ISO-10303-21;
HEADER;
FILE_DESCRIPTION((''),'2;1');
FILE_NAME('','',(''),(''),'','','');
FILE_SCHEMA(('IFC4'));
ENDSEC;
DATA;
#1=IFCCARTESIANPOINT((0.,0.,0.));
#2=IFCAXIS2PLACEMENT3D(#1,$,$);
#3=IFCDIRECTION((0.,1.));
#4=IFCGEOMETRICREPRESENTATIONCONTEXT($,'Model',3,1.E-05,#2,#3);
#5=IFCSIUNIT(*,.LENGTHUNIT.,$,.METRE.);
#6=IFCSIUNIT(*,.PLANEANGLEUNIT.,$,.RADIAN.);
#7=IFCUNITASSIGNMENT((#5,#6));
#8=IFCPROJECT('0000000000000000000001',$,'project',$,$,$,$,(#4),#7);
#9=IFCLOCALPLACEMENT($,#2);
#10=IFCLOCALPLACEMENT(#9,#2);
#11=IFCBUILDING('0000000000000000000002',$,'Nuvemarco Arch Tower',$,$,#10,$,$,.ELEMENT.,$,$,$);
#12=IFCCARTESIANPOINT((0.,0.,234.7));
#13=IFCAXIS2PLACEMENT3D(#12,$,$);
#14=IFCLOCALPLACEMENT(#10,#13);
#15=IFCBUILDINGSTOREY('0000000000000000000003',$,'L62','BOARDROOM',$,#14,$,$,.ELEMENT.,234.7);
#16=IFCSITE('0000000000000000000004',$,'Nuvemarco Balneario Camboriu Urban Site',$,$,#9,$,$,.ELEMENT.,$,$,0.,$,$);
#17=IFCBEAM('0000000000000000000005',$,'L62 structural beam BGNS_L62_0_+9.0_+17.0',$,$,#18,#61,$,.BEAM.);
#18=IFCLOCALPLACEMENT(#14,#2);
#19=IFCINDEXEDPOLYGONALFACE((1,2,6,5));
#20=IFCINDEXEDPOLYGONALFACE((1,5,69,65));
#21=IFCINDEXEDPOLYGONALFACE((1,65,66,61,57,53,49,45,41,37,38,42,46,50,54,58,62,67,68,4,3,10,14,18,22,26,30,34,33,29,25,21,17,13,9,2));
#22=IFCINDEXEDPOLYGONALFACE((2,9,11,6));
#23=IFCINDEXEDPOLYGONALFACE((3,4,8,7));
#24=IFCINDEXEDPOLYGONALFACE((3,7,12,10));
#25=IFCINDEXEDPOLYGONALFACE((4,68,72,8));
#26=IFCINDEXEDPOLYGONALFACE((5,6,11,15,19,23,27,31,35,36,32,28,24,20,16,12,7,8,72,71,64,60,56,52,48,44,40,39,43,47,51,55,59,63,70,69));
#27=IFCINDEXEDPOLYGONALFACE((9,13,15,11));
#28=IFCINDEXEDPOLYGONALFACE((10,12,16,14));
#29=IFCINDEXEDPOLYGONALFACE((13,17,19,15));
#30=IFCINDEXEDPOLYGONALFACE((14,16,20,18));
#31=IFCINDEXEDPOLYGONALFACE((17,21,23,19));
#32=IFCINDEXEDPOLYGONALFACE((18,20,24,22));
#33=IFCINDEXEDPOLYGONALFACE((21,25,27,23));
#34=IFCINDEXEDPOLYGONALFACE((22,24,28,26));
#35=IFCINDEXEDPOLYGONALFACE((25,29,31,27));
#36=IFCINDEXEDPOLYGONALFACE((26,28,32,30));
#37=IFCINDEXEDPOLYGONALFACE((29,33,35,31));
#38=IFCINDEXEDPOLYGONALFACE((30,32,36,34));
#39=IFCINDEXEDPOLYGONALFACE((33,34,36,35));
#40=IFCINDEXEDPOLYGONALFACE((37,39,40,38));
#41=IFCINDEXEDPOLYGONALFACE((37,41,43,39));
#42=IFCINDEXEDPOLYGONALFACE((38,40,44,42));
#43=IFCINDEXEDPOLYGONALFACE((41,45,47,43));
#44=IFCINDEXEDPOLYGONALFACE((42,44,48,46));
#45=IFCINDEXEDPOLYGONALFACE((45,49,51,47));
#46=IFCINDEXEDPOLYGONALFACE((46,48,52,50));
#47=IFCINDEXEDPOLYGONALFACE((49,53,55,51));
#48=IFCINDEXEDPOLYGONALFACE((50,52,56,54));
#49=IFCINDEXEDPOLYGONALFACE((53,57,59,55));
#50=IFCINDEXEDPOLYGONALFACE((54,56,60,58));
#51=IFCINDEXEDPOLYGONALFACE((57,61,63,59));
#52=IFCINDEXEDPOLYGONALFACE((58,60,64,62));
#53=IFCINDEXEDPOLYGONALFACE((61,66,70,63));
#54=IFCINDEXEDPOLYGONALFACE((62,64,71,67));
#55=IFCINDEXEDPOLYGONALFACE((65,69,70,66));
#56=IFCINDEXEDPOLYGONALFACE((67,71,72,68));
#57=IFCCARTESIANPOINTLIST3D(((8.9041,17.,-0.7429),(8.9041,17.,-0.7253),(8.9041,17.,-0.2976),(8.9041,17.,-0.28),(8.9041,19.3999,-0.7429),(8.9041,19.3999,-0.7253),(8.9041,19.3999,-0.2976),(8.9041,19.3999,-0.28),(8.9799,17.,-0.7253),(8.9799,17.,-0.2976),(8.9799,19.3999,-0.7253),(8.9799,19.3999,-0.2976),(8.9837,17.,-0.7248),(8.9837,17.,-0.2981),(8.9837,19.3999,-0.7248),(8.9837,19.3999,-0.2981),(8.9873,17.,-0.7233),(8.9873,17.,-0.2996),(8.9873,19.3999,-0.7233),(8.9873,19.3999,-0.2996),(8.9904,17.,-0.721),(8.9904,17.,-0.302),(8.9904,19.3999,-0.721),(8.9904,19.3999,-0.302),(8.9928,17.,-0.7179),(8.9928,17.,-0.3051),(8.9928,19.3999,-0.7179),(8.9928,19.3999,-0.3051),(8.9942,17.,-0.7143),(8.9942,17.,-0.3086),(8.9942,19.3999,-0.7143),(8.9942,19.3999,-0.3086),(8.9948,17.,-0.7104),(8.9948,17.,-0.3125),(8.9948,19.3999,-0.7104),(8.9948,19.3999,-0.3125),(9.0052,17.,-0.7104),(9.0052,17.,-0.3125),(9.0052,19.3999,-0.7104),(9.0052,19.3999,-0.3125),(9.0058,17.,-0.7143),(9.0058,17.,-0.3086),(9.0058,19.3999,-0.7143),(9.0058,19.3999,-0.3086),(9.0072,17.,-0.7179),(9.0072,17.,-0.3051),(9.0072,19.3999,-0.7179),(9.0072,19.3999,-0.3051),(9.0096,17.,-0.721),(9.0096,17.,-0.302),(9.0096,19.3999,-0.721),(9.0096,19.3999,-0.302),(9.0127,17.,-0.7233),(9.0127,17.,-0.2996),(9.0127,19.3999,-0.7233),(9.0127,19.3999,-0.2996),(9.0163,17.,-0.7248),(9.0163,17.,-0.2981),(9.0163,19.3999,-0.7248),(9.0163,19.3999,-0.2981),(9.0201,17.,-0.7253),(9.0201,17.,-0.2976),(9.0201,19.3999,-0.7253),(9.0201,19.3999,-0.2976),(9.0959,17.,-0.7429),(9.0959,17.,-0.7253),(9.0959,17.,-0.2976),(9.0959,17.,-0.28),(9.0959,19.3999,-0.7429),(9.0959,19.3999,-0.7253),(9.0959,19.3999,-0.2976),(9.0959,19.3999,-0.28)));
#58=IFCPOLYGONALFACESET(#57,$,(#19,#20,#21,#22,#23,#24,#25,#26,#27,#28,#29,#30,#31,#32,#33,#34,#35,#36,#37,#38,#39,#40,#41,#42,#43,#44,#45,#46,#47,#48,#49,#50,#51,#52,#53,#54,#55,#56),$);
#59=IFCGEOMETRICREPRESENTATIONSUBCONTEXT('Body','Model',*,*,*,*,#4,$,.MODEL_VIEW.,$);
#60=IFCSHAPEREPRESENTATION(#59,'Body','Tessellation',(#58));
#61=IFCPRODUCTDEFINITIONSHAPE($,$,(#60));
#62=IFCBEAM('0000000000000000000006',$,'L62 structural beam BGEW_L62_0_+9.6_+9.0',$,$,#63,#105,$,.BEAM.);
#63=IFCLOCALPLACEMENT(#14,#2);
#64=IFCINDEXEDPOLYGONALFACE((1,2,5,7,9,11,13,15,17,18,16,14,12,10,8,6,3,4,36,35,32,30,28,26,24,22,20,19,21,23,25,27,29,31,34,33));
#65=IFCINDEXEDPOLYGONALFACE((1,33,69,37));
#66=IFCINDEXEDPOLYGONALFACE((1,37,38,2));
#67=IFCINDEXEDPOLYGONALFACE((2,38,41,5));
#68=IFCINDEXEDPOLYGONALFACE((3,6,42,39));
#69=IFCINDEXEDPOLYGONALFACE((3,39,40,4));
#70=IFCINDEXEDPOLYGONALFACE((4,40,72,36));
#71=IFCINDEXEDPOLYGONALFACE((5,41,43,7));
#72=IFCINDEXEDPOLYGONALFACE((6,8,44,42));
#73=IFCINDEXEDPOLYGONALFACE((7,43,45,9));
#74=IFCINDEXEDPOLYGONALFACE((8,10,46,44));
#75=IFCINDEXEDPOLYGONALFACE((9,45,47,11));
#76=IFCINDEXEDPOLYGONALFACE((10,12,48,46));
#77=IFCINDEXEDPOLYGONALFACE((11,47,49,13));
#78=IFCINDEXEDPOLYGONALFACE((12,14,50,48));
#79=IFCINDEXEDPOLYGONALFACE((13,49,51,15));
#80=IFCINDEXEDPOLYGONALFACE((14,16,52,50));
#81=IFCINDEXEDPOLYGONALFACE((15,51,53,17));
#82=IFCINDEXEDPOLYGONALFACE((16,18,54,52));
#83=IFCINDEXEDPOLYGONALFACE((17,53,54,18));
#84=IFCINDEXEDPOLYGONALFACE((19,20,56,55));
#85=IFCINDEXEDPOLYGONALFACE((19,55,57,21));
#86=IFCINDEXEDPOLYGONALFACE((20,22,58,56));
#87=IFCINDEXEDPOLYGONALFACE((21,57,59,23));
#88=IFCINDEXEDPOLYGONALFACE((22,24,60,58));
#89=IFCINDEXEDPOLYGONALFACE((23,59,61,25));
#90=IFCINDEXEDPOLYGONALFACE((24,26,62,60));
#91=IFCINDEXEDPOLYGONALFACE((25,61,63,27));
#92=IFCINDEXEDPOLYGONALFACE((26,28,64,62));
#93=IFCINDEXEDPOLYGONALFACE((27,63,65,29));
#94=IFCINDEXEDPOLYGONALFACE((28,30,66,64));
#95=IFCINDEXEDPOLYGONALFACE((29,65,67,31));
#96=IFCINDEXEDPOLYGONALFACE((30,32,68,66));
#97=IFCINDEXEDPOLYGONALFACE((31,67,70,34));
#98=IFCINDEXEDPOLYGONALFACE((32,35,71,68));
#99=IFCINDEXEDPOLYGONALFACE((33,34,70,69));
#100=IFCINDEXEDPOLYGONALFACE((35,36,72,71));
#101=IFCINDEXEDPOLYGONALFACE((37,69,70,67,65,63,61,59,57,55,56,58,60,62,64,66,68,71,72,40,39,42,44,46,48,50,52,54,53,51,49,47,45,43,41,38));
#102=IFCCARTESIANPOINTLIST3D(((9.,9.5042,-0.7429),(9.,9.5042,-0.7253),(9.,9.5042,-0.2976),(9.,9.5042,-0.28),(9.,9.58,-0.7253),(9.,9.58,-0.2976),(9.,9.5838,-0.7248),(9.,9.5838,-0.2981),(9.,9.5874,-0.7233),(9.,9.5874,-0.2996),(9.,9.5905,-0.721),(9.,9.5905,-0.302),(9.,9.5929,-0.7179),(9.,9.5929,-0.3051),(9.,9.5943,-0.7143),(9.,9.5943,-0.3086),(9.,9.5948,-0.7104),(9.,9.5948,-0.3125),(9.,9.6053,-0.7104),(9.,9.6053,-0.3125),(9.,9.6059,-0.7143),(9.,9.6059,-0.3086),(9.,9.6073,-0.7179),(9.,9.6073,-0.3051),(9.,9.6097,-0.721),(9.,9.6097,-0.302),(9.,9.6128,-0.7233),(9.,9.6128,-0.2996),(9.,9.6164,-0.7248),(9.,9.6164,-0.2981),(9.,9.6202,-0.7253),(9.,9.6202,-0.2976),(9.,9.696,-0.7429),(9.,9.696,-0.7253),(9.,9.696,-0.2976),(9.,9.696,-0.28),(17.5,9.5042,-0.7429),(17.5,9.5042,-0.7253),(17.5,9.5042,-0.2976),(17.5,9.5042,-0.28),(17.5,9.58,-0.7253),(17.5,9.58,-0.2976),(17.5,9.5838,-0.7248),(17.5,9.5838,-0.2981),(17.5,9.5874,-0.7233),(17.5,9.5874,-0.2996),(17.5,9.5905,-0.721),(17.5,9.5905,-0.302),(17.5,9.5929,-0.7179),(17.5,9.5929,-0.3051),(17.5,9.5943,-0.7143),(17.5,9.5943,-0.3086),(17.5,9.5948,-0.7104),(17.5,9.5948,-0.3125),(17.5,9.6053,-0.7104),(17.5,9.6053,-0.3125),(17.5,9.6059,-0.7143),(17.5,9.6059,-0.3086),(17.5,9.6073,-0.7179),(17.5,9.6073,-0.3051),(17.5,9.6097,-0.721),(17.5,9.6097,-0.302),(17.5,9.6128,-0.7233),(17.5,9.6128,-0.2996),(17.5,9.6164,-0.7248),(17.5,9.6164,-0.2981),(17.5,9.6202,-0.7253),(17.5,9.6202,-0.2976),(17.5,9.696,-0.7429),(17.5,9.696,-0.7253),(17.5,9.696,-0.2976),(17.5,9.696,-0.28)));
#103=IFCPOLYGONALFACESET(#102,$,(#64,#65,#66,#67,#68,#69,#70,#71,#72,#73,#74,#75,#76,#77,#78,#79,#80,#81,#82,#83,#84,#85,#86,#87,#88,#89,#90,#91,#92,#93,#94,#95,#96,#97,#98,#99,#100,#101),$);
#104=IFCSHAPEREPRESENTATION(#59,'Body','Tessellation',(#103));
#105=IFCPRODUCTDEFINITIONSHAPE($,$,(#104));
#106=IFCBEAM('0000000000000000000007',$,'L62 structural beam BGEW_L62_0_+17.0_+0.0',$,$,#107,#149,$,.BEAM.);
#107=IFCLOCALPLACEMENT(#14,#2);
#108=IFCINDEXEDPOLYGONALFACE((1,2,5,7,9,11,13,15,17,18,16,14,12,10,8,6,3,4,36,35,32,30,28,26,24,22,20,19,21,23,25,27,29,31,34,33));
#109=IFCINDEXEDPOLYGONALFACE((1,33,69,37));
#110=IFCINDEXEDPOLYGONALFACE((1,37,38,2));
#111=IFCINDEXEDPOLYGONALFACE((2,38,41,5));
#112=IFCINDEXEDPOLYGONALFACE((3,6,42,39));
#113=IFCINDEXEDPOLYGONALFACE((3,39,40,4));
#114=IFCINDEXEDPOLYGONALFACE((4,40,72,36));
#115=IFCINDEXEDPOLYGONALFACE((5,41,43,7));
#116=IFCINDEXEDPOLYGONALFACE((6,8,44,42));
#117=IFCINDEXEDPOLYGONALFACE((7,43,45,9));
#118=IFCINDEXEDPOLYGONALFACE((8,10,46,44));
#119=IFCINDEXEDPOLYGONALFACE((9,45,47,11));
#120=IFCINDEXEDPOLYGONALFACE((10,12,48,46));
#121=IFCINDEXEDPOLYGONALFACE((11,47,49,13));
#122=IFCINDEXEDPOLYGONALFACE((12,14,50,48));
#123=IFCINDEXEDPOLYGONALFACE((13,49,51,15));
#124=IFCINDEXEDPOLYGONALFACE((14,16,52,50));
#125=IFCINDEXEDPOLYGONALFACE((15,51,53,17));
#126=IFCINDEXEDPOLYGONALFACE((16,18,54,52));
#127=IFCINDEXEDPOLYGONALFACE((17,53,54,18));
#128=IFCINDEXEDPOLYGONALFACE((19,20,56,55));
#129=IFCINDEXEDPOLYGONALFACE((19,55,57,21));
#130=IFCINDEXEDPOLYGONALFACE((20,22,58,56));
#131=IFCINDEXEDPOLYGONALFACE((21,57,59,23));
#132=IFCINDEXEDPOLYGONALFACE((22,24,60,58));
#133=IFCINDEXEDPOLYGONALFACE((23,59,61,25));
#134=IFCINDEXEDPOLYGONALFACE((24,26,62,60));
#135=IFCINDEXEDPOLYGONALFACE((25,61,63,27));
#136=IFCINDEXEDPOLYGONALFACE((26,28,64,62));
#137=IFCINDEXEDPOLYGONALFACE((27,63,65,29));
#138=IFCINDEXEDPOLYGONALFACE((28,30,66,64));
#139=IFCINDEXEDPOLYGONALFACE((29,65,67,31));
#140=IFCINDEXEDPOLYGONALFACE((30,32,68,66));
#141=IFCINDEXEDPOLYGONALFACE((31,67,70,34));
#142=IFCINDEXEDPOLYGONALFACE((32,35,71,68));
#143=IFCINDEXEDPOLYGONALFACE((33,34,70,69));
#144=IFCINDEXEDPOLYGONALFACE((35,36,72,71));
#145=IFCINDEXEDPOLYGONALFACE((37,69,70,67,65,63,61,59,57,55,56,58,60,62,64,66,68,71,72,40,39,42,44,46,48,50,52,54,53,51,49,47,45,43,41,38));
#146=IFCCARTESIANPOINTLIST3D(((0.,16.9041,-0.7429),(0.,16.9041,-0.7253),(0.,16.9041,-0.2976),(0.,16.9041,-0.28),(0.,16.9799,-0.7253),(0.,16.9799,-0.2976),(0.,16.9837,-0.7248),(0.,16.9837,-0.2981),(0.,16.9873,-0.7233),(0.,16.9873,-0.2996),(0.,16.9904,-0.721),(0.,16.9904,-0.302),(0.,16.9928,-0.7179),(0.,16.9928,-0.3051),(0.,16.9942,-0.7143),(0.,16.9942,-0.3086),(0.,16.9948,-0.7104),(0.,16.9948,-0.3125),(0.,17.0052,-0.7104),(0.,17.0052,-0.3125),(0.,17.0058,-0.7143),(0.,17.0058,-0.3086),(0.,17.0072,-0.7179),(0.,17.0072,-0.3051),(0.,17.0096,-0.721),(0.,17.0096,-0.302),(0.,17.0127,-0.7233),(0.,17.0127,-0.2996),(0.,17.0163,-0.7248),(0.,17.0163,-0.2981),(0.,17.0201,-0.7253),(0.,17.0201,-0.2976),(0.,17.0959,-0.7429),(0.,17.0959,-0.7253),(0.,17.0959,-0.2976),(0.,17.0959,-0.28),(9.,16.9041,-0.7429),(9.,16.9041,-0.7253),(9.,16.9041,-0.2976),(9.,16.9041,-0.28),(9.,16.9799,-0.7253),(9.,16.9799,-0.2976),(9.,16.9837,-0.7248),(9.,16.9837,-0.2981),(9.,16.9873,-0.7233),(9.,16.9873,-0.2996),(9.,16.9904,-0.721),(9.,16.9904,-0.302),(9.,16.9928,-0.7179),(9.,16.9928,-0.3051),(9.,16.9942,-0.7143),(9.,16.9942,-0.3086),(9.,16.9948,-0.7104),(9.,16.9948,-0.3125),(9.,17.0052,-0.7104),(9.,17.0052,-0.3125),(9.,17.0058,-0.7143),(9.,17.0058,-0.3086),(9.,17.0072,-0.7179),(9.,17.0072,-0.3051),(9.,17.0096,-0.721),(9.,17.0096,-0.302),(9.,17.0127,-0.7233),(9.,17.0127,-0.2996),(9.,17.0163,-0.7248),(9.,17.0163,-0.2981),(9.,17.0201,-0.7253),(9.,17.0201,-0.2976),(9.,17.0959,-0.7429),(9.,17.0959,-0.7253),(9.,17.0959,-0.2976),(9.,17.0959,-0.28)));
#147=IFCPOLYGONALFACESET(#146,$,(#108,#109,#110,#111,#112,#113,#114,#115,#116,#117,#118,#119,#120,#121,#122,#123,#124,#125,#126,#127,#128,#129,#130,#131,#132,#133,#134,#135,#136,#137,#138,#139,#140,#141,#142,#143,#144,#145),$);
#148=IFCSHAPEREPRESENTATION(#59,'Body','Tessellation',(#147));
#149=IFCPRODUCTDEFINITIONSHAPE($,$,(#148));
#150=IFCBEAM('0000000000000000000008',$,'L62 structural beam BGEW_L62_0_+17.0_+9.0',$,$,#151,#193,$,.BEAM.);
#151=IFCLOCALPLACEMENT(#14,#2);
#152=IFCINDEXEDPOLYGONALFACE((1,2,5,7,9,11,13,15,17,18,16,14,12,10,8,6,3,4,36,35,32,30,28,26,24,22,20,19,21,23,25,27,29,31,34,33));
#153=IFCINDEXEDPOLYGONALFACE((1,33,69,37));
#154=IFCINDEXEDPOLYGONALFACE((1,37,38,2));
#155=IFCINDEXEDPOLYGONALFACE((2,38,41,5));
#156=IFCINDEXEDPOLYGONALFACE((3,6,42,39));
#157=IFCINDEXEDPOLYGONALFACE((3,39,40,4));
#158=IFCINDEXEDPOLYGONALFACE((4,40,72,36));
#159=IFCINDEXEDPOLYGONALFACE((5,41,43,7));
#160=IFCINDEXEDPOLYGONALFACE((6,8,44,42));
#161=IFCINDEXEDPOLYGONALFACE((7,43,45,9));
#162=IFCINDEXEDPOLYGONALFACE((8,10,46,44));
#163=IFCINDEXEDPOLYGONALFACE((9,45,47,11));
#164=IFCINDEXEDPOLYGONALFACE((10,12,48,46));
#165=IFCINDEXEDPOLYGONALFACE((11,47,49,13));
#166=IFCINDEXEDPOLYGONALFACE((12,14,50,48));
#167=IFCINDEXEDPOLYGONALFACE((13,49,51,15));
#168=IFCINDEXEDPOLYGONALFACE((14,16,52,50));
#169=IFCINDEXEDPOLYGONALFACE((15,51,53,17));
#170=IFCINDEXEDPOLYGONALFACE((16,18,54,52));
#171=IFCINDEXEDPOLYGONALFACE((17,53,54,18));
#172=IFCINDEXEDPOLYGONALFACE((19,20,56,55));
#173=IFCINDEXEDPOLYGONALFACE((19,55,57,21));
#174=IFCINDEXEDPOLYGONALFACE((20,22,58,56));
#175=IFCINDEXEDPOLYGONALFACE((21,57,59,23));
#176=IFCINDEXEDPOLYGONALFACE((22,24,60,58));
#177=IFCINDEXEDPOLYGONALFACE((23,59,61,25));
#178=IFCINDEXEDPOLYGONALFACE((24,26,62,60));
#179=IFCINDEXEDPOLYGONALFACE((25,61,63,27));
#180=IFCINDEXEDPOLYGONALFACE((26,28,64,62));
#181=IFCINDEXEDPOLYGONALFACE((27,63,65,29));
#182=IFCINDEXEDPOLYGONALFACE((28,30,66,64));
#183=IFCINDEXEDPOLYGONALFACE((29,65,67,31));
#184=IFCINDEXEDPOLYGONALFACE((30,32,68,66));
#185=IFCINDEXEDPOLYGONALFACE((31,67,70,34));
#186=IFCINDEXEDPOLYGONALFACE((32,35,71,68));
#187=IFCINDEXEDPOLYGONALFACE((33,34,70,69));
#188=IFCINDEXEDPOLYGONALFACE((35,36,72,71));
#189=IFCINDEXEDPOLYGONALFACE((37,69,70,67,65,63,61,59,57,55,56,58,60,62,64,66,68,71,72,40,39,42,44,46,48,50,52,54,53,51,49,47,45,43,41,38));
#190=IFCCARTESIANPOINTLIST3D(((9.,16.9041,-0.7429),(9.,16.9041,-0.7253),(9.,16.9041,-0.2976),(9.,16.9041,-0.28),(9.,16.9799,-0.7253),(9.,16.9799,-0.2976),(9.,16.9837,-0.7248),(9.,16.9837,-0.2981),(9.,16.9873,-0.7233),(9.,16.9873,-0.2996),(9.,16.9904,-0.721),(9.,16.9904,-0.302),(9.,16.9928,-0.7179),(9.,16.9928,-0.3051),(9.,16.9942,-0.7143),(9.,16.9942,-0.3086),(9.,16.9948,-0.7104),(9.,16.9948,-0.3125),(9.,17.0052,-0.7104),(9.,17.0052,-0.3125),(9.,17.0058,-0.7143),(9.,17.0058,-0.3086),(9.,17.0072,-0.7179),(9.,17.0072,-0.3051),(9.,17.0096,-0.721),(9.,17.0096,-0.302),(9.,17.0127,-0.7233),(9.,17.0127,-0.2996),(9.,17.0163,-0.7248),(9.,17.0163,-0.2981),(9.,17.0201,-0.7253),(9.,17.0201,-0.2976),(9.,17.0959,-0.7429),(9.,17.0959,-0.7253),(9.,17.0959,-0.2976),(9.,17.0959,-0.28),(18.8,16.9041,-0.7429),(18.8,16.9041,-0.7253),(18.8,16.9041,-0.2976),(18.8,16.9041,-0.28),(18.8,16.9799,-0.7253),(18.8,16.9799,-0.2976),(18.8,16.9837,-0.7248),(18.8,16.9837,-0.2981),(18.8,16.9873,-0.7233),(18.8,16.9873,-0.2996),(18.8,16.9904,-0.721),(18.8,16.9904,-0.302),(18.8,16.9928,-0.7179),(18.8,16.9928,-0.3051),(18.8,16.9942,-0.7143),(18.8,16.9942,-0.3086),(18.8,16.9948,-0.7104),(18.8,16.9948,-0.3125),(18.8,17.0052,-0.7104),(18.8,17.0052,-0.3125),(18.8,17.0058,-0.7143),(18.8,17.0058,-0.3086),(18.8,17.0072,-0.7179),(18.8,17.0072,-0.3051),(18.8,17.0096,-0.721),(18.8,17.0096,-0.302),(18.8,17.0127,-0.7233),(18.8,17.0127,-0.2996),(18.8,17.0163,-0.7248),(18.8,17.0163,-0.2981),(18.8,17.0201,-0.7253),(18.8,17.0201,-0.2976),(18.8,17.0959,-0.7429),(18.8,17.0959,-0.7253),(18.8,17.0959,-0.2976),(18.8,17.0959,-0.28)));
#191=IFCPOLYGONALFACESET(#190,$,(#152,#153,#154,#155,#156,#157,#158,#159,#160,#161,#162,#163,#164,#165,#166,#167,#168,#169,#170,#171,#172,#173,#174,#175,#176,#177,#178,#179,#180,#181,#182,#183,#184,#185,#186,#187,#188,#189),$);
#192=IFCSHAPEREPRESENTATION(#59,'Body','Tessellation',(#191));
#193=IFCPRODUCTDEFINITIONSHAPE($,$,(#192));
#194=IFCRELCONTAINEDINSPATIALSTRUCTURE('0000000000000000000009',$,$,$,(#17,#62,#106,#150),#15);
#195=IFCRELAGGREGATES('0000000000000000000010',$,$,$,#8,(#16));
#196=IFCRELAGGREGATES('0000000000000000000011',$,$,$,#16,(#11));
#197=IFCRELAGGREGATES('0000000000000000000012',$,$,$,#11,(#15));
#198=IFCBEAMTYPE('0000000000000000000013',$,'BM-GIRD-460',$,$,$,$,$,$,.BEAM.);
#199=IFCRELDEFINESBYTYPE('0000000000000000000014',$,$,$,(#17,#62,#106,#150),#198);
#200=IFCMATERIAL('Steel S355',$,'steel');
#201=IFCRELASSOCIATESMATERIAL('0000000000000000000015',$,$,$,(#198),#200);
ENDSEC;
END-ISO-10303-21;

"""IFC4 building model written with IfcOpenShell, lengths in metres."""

from ifc_helpers import new_model, si_unit, direction, frame, origin, origin_2d, place, context, subcontext, project, spatial, i_section, extrude, material, material_profile, profile_set, type_object, element, save


model = new_model("IFC4")

# Units and contexts
model_context = context("Model", 3, precision=1e-05, world=origin(), true_north=direction((0.0, 1.0)))
body_context = subcontext(model_context, "Body", "Model", "MODEL_VIEW")
ifc_project = project(units=[si_unit("LENGTHUNIT", "METRE"), si_unit("PLANEANGLEUNIT", "RADIAN")], contexts=[model_context])

# Site, building, storey
site_placement = place(None, origin())
site = spatial("IfcSite", under=ifc_project, at=site_placement, Name="Nuvemarco Balneario Camboriu Urban Site", CompositionType="ELEMENT", RefElevation=0.0)
building_placement = place(site_placement, origin())
building = spatial("IfcBuilding", under=site, at=building_placement, Name="Nuvemarco Arch Tower", CompositionType="ELEMENT")
storey_placement = place(building_placement, frame((0.0, 0.0, 234.7)))
storey = spatial("IfcBuildingStorey", under=building, at=storey_placement, Name="L62", Description="BOARDROOM", CompositionType="ELEMENT", Elevation=234.7)

# Shared definitions
ifc_material_1 = material(Name="Steel S355", Category="steel")

# Beams
ifc_material_profile_1 = material_profile(ifc_material_1, i_section(OverallWidth=0.1919, OverallDepth=0.4629, WebThickness=0.0105, FlangeThickness=0.0176, FilletRadius=0.0149, at=origin_2d()), Name="W460x89")
ifc_profile_set_1 = profile_set([ifc_material_profile_1], Name="Steel S355")
beam_type_1 = type_object("IfcBeamType", Name="BM-GIRD-460", PredefinedType="BEAM", material=ifc_profile_set_1)
beam_1_placement = place(storey_placement, frame((9.0, 17.0, -0.5115), z_axis=(0.0, 1.0, 0.0), x_axis=(-1.0, 0.0, 0.0)))
element("IfcBeam", 1, at=beam_1_placement, inside=storey, type_object=beam_type_1, Name="L62 structural beam BGNS_L62_0_+9.0_+17.0", PredefinedType="BEAM", context=body_context, shape_type="SweptSolid", body=[
    extrude(i_section(OverallWidth=0.1919, OverallDepth=0.4629, WebThickness=0.0105, FlangeThickness=0.0176, FilletRadius=0.0149, at=origin_2d()), origin(), (0.0, 0.0, 1.0), 2.3999),
])
beam_2_placement = place(storey_placement, frame((9.0, 9.6001, -0.5115), z_axis=(1.0, 0.0, 0.0), x_axis=(0.0, 1.0, 0.0)))
element("IfcBeam", 2, at=beam_2_placement, inside=storey, type_object=beam_type_1, Name="L62 structural beam BGEW_L62_0_+9.6_+9.0", PredefinedType="BEAM", context=body_context, shape_type="SweptSolid", body=[
    extrude(i_section(OverallWidth=0.1919, OverallDepth=0.4629, WebThickness=0.0105, FlangeThickness=0.0176, FilletRadius=0.0149, at=origin_2d()), origin(), (0.0, 0.0, 1.0), 8.5),
])
beam_3_placement = place(storey_placement, frame((0.0, 17.0, -0.5115), z_axis=(1.0, 0.0, 0.0), x_axis=(0.0, 1.0, 0.0)))
element("IfcBeam", 3, at=beam_3_placement, inside=storey, type_object=beam_type_1, Name="L62 structural beam BGEW_L62_0_+17.0_+0.0", PredefinedType="BEAM", context=body_context, shape_type="SweptSolid", body=[
    extrude(i_section(OverallWidth=0.1919, OverallDepth=0.4629, WebThickness=0.0105, FlangeThickness=0.0176, FilletRadius=0.0149, at=origin_2d()), origin(), (0.0, 0.0, 1.0), 9.0),
])
beam_4_placement = place(storey_placement, frame((9.0, 17.0, -0.5115), z_axis=(1.0, 0.0, 0.0), x_axis=(0.0, 1.0, 0.0)))
element("IfcBeam", 4, at=beam_4_placement, inside=storey, type_object=beam_type_1, Name="L62 structural beam BGEW_L62_0_+17.0_+9.0", PredefinedType="BEAM", context=body_context, shape_type="SweptSolid", body=[
    extrude(i_section(OverallWidth=0.1919, OverallDepth=0.4629, WebThickness=0.0105, FlangeThickness=0.0176, FilletRadius=0.0149, at=origin_2d()), origin(), (0.0, 0.0, 1.0), 9.8),
])

save(model, "model.ifc")
